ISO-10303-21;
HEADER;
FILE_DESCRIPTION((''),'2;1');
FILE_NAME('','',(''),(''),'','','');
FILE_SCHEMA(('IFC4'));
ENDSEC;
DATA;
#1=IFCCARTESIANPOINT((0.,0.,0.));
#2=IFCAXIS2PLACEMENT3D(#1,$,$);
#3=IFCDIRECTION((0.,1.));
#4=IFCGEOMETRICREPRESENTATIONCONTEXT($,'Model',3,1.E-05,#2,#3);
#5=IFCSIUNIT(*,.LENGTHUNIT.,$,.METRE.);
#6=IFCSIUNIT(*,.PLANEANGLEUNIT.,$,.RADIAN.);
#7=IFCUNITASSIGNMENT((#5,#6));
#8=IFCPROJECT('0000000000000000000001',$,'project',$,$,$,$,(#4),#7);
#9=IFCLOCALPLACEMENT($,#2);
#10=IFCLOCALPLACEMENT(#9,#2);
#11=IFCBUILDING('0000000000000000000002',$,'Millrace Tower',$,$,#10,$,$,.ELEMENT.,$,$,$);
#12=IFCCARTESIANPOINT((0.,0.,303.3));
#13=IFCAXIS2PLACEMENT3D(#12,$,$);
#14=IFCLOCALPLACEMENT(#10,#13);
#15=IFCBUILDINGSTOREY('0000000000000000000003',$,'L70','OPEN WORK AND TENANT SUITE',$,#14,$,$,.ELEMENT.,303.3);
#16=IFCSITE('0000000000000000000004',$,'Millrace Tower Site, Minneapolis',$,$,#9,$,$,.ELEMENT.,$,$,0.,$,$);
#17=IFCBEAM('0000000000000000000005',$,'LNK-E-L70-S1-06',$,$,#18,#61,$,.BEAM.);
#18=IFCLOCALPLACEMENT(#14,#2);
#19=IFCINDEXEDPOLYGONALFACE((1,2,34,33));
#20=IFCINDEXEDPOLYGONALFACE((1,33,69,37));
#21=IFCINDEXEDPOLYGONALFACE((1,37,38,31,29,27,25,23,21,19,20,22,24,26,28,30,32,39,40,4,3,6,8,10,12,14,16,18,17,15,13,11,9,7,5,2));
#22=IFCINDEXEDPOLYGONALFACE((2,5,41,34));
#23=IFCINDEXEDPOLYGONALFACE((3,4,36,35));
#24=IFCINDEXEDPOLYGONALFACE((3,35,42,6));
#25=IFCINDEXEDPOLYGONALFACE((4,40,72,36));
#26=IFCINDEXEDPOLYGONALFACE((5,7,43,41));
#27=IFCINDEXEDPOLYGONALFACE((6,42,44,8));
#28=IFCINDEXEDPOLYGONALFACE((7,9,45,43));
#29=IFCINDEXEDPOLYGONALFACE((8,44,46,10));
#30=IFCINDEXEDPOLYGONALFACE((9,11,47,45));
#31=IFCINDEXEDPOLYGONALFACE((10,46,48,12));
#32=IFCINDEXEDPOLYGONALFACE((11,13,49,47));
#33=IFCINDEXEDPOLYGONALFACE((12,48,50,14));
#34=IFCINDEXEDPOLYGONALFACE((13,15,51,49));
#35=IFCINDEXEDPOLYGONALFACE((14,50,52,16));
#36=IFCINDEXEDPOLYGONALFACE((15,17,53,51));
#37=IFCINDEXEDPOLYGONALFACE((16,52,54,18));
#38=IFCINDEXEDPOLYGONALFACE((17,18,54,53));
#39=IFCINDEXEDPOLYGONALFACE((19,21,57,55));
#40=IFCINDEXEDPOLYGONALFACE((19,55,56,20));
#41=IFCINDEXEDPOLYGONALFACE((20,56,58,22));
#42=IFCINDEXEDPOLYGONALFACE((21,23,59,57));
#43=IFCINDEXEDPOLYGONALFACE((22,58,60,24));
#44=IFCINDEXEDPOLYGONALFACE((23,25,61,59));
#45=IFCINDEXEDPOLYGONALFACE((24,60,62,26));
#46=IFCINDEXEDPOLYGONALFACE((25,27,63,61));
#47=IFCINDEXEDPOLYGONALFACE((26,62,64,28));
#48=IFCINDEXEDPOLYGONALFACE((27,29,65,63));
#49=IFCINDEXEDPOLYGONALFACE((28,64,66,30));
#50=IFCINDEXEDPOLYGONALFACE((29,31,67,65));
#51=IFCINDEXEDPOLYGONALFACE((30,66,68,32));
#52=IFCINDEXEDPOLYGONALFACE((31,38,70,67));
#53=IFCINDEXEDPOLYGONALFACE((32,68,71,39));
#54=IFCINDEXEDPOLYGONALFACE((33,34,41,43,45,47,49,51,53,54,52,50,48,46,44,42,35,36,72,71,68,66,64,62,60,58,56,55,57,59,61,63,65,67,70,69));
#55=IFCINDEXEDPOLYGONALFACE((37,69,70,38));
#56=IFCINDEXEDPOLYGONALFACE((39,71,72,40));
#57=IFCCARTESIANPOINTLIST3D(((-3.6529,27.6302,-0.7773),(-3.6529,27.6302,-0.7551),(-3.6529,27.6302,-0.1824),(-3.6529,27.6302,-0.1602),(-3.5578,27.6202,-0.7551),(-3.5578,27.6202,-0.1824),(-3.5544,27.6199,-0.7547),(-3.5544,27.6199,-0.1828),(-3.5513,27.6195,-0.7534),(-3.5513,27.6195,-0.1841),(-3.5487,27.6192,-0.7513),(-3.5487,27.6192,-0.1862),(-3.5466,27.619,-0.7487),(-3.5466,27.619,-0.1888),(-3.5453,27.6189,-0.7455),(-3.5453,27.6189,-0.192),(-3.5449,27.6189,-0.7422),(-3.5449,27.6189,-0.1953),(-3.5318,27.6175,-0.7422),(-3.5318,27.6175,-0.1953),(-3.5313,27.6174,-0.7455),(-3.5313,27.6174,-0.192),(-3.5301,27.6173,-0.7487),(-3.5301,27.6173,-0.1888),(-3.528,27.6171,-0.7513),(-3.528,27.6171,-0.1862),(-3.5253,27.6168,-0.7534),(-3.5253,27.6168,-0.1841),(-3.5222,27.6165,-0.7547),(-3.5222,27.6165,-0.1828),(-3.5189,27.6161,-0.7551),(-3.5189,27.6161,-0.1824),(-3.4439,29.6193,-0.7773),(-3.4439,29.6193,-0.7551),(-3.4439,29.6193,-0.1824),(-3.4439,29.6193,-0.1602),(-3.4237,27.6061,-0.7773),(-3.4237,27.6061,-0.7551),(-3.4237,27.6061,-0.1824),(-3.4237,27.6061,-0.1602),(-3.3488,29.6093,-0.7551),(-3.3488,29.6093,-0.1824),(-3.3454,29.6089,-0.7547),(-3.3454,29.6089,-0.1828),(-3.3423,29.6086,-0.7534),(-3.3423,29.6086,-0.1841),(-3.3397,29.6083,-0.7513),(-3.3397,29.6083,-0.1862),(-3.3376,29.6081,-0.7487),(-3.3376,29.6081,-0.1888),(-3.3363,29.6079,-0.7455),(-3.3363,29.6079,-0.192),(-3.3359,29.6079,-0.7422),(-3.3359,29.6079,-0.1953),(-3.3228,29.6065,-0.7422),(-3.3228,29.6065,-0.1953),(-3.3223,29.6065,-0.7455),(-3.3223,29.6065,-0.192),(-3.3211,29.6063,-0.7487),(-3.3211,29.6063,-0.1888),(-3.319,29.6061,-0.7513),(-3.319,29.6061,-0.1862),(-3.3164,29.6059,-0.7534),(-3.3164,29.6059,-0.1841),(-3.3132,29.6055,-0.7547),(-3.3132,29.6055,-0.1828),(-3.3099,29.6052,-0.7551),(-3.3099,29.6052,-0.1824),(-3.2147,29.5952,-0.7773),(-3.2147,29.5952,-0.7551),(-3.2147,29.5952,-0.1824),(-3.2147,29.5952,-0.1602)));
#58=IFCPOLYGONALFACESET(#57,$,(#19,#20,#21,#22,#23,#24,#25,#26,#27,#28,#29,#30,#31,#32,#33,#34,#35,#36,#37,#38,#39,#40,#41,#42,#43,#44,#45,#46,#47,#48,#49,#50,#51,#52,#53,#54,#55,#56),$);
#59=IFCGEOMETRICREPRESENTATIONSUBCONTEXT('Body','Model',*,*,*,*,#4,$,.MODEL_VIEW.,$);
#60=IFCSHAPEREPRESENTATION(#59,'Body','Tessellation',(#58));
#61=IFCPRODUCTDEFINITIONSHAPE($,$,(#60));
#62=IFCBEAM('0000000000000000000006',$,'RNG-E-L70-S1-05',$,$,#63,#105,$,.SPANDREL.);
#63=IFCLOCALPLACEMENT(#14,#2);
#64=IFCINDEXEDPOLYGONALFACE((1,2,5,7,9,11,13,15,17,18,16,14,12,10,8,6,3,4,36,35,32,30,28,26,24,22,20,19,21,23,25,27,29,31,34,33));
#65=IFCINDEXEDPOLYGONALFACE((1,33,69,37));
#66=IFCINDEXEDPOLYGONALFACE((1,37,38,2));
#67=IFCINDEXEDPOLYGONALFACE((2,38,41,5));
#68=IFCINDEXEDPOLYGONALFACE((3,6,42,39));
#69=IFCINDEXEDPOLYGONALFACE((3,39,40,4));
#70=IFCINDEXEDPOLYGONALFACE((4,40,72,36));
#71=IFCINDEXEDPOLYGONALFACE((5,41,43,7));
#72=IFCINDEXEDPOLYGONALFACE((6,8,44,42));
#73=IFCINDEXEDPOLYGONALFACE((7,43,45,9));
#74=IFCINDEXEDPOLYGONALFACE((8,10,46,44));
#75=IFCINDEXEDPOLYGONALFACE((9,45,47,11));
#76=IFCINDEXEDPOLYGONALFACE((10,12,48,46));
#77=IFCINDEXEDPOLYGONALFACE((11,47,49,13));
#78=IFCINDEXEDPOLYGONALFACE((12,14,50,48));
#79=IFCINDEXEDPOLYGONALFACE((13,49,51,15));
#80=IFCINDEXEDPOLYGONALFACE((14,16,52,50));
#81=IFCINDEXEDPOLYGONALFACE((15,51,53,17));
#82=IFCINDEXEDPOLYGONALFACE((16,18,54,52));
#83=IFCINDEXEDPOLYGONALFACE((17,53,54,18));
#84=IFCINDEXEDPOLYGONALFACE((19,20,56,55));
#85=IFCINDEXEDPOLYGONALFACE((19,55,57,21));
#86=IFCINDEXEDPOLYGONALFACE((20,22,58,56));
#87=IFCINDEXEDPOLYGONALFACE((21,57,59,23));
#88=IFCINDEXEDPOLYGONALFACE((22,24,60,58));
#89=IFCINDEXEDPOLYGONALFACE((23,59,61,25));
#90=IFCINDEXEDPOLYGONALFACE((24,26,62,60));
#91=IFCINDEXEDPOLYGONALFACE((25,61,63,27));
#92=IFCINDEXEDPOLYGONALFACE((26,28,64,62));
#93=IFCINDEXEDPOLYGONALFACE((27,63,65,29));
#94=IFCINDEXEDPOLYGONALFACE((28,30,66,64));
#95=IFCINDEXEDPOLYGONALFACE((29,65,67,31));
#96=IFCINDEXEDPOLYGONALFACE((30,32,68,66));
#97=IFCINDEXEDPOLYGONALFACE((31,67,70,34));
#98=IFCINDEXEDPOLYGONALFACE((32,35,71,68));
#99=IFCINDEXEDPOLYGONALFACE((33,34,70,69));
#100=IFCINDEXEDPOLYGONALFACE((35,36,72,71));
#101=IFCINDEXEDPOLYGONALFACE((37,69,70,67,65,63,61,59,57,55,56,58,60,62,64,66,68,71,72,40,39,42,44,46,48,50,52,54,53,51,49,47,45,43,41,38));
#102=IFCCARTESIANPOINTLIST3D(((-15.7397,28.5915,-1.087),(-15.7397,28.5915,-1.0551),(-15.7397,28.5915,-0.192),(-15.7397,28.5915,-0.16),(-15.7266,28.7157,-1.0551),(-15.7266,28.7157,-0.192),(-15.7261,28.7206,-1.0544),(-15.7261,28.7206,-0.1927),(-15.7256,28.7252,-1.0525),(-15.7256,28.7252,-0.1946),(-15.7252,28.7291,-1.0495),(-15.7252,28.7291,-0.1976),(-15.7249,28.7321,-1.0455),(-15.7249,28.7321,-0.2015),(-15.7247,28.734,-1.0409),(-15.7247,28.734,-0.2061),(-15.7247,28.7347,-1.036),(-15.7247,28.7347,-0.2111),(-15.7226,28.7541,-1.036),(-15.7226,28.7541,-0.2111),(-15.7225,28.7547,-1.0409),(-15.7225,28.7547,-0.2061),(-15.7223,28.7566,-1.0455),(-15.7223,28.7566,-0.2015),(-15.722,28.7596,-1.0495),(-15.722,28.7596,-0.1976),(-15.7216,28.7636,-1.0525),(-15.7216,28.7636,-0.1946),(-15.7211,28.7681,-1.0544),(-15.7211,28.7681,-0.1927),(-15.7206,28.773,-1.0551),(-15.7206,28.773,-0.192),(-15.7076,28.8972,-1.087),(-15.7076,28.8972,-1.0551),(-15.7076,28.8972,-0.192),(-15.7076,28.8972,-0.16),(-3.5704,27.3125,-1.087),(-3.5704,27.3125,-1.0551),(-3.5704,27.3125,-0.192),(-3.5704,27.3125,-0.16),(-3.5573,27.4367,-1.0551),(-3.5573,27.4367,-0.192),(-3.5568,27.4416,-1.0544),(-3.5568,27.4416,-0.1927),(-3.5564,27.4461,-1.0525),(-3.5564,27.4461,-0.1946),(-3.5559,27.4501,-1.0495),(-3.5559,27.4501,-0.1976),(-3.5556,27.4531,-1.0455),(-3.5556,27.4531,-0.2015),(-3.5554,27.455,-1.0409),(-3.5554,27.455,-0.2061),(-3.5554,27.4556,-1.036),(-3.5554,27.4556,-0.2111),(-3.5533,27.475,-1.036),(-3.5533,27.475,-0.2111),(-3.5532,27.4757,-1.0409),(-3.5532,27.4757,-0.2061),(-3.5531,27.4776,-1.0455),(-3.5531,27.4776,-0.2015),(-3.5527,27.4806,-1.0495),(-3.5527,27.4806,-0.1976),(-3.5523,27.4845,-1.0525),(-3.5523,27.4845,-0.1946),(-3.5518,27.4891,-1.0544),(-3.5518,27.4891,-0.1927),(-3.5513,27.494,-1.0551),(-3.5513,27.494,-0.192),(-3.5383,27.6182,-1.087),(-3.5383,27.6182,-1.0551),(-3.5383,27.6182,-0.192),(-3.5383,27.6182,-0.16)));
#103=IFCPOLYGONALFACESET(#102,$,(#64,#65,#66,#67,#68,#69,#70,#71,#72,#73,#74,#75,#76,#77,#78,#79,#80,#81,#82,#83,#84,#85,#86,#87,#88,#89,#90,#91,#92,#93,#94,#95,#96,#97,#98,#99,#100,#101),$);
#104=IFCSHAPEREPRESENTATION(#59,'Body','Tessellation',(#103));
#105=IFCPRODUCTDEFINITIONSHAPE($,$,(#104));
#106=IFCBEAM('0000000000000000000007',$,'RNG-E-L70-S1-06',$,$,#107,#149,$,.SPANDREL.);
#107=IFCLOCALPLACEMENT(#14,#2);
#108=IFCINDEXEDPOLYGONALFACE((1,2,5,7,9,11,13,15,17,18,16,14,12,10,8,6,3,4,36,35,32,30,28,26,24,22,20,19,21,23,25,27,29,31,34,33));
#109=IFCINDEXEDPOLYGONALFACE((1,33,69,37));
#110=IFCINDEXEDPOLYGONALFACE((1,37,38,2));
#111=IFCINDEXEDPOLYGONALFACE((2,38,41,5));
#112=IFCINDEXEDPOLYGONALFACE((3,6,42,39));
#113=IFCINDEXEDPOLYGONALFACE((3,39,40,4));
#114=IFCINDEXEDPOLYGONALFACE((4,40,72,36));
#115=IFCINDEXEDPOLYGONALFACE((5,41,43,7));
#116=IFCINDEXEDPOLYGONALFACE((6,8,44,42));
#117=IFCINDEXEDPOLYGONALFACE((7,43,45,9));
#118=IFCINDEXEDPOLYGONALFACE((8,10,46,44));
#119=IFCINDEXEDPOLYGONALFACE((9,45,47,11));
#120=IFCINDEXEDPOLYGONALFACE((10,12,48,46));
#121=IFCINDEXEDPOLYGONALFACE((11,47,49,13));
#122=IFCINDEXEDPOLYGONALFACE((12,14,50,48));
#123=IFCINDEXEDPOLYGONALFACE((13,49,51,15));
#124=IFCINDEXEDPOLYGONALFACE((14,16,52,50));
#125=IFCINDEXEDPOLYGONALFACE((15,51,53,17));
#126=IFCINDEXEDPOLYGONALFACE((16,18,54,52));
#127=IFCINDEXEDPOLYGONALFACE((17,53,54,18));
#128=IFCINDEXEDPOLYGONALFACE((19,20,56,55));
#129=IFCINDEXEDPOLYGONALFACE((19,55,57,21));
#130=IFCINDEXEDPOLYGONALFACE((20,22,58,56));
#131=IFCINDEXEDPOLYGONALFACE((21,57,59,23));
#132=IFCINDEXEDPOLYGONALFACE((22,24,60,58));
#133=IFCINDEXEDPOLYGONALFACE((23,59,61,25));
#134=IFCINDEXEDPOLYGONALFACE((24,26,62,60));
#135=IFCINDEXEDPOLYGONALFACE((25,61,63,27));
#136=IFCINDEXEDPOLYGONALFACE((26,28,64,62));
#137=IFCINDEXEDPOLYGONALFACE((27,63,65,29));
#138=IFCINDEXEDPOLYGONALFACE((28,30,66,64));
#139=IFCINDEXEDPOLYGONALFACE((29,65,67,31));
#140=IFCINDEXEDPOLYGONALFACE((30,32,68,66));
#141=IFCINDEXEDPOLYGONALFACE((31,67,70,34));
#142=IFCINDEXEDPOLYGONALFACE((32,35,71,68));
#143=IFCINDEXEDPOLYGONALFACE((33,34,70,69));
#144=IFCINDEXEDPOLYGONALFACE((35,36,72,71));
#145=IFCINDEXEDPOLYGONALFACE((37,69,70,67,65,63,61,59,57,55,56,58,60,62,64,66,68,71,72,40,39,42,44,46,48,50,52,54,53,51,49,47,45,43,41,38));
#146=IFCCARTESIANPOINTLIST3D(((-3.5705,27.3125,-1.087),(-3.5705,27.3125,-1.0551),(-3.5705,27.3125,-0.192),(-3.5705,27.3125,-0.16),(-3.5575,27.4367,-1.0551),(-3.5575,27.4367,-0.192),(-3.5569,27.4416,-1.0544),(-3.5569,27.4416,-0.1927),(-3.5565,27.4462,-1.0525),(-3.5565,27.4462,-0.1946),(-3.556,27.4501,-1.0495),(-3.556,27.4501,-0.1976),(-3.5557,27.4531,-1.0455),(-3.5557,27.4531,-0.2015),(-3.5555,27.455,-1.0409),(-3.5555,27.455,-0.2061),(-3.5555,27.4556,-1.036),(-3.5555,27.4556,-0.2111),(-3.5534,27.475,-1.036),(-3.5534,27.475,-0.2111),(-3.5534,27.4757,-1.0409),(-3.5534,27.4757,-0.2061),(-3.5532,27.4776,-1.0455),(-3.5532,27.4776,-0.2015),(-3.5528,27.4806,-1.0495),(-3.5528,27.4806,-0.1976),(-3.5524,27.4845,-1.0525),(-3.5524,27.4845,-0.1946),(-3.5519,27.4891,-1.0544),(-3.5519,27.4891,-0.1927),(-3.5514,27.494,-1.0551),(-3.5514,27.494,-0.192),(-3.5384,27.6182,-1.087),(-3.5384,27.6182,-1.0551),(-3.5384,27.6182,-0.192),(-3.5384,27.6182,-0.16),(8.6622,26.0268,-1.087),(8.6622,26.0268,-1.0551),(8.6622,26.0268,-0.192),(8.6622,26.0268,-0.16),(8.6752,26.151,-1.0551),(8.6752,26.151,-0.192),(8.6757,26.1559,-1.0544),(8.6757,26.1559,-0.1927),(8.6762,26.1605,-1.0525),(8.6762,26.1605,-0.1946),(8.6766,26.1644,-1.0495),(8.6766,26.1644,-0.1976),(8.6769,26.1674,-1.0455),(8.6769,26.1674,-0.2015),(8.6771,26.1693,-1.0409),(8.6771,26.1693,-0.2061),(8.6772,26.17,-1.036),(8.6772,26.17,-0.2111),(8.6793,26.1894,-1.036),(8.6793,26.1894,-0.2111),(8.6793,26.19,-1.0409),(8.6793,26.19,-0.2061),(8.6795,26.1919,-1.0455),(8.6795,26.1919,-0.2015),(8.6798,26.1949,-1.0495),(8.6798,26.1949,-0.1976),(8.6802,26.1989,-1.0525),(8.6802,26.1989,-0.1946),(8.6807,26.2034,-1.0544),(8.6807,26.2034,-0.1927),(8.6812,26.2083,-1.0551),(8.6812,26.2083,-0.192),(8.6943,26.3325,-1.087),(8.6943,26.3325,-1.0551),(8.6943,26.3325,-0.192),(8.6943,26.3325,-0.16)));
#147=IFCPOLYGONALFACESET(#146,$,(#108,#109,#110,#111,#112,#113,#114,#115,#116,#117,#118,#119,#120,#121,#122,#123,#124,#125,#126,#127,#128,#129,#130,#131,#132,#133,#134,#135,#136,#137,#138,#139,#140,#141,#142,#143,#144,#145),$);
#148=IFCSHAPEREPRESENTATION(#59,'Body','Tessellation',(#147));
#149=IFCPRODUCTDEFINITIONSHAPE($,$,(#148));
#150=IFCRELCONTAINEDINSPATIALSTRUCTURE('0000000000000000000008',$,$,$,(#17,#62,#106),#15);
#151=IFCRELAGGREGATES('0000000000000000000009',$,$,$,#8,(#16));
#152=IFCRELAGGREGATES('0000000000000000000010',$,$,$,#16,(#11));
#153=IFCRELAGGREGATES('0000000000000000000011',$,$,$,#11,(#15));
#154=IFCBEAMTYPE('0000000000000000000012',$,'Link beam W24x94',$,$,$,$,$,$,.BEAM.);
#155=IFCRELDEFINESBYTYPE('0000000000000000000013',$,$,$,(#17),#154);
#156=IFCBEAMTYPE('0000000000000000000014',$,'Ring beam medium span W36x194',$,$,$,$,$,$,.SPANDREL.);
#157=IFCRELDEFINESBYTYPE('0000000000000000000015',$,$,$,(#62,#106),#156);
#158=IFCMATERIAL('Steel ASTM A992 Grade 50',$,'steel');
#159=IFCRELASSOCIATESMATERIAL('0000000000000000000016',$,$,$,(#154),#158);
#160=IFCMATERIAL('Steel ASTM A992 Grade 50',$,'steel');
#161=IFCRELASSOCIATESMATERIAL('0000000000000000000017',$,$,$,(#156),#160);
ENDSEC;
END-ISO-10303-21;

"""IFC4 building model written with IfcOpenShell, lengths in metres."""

from ifc_helpers import new_model, si_unit, direction, frame, origin, origin_2d, place, context, subcontext, project, spatial, i_section, extrude, material, material_profile, profile_set, type_object, element, save


model = new_model("IFC4")

# Units and contexts
model_context = context("Model", 3, precision=1e-05, world=origin(), true_north=direction((0.0, 1.0)))
body_context = subcontext(model_context, "Body", "Model", "MODEL_VIEW")
ifc_project = project(units=[si_unit("LENGTHUNIT", "METRE"), si_unit("PLANEANGLEUNIT", "RADIAN")], contexts=[model_context])

# Site, building, storey
site_placement = place(None, origin())
site = spatial("IfcSite", under=ifc_project, at=site_placement, Name="Millrace Tower Site, Minneapolis", CompositionType="ELEMENT", RefElevation=0.0)
building_placement = place(site_placement, origin())
building = spatial("IfcBuilding", under=site, at=building_placement, Name="Millrace Tower", CompositionType="ELEMENT")
storey_placement = place(building_placement, frame((0.0, 0.0, 303.3)))
storey = spatial("IfcBuildingStorey", under=building, at=storey_placement, Name="L70", Description="OPEN WORK AND TENANT SUITE", CompositionType="ELEMENT", Elevation=303.3)

# Beams
ifc_material_1 = material(Name="Steel ASTM A992 Grade 50", Category="steel")
ifc_material_profile_1 = material_profile(ifc_material_1, i_section(OverallWidth=0.2305, OverallDepth=0.6172, WebThickness=0.0132, FlangeThickness=0.0222, FilletRadius=0.0129, at=origin_2d()))
ifc_profile_set_1 = profile_set([ifc_material_profile_1], Name="Steel ASTM A992 Grade 50")
beam_type_1 = type_object("IfcBeamType", Name="Link beam W24x94", PredefinedType="BEAM", material=ifc_profile_set_1)
beam_1_placement = place(storey_placement, frame((-3.5383, 27.6182, -0.4688), z_axis=(0.104494, 0.994526, 0.0), x_axis=(-0.994526, 0.104494, 0.0)))
element("IfcBeam", 1, at=beam_1_placement, inside=storey, type_object=beam_type_1, Name="LNK-E-L70-S1-06", PredefinedType="BEAM", context=body_context, shape_type="SweptSolid", body=[
    extrude(i_section(OverallWidth=0.2305, OverallDepth=0.6172, WebThickness=0.0132, FlangeThickness=0.0222, FilletRadius=0.0129, at=origin_2d()), origin(), (0.0, 0.0, 1.0), 2.0),
])
ifc_material_2 = material(Name="Steel ASTM A992 Grade 50", Category="steel")
ifc_material_profile_2 = material_profile(ifc_material_2, i_section(OverallWidth=0.3074, OverallDepth=0.927, WebThickness=0.0195, FlangeThickness=0.032, FilletRadius=0.019, at=origin_2d()))
ifc_profile_set_2 = profile_set([ifc_material_profile_2], Name="Steel ASTM A992 Grade 50")
beam_type_2 = type_object("IfcBeamType", Name="Ring beam medium span W36x194", PredefinedType="SPANDREL", material=ifc_profile_set_2)
beam_2_placement = place(storey_placement, frame((-15.7236, 28.7444, -0.6235), z_axis=(0.994522, -0.10453, 0.0), x_axis=(0.10453, 0.994522, 0.0)))
element("IfcBeam", 2, at=beam_2_placement, inside=storey, type_object=beam_type_2, Name="RNG-E-L70-S1-05", PredefinedType="SPANDREL", context=body_context, shape_type="SweptSolid", body=[
    extrude(i_section(OverallWidth=0.3074, OverallDepth=0.927, WebThickness=0.0195, FlangeThickness=0.032, FilletRadius=0.019, at=origin_2d()), origin(), (0.0, 0.0, 1.0), 12.2363),
])
beam_3_placement = place(storey_placement, frame((-3.5544, 27.4653, -0.6235), z_axis=(0.994522, -0.104524, 0.0), x_axis=(0.104524, 0.994522, 0.0)))
element("IfcBeam", 3, at=beam_3_placement, inside=storey, type_object=beam_type_2, Name="RNG-E-L70-S1-06", PredefinedType="SPANDREL", context=body_context, shape_type="SweptSolid", body=[
    extrude(i_section(OverallWidth=0.3074, OverallDepth=0.927, WebThickness=0.0195, FlangeThickness=0.032, FilletRadius=0.019, at=origin_2d()), origin(), (0.0, 0.0, 1.0), 12.3),
])

save(model, "model.ifc")
